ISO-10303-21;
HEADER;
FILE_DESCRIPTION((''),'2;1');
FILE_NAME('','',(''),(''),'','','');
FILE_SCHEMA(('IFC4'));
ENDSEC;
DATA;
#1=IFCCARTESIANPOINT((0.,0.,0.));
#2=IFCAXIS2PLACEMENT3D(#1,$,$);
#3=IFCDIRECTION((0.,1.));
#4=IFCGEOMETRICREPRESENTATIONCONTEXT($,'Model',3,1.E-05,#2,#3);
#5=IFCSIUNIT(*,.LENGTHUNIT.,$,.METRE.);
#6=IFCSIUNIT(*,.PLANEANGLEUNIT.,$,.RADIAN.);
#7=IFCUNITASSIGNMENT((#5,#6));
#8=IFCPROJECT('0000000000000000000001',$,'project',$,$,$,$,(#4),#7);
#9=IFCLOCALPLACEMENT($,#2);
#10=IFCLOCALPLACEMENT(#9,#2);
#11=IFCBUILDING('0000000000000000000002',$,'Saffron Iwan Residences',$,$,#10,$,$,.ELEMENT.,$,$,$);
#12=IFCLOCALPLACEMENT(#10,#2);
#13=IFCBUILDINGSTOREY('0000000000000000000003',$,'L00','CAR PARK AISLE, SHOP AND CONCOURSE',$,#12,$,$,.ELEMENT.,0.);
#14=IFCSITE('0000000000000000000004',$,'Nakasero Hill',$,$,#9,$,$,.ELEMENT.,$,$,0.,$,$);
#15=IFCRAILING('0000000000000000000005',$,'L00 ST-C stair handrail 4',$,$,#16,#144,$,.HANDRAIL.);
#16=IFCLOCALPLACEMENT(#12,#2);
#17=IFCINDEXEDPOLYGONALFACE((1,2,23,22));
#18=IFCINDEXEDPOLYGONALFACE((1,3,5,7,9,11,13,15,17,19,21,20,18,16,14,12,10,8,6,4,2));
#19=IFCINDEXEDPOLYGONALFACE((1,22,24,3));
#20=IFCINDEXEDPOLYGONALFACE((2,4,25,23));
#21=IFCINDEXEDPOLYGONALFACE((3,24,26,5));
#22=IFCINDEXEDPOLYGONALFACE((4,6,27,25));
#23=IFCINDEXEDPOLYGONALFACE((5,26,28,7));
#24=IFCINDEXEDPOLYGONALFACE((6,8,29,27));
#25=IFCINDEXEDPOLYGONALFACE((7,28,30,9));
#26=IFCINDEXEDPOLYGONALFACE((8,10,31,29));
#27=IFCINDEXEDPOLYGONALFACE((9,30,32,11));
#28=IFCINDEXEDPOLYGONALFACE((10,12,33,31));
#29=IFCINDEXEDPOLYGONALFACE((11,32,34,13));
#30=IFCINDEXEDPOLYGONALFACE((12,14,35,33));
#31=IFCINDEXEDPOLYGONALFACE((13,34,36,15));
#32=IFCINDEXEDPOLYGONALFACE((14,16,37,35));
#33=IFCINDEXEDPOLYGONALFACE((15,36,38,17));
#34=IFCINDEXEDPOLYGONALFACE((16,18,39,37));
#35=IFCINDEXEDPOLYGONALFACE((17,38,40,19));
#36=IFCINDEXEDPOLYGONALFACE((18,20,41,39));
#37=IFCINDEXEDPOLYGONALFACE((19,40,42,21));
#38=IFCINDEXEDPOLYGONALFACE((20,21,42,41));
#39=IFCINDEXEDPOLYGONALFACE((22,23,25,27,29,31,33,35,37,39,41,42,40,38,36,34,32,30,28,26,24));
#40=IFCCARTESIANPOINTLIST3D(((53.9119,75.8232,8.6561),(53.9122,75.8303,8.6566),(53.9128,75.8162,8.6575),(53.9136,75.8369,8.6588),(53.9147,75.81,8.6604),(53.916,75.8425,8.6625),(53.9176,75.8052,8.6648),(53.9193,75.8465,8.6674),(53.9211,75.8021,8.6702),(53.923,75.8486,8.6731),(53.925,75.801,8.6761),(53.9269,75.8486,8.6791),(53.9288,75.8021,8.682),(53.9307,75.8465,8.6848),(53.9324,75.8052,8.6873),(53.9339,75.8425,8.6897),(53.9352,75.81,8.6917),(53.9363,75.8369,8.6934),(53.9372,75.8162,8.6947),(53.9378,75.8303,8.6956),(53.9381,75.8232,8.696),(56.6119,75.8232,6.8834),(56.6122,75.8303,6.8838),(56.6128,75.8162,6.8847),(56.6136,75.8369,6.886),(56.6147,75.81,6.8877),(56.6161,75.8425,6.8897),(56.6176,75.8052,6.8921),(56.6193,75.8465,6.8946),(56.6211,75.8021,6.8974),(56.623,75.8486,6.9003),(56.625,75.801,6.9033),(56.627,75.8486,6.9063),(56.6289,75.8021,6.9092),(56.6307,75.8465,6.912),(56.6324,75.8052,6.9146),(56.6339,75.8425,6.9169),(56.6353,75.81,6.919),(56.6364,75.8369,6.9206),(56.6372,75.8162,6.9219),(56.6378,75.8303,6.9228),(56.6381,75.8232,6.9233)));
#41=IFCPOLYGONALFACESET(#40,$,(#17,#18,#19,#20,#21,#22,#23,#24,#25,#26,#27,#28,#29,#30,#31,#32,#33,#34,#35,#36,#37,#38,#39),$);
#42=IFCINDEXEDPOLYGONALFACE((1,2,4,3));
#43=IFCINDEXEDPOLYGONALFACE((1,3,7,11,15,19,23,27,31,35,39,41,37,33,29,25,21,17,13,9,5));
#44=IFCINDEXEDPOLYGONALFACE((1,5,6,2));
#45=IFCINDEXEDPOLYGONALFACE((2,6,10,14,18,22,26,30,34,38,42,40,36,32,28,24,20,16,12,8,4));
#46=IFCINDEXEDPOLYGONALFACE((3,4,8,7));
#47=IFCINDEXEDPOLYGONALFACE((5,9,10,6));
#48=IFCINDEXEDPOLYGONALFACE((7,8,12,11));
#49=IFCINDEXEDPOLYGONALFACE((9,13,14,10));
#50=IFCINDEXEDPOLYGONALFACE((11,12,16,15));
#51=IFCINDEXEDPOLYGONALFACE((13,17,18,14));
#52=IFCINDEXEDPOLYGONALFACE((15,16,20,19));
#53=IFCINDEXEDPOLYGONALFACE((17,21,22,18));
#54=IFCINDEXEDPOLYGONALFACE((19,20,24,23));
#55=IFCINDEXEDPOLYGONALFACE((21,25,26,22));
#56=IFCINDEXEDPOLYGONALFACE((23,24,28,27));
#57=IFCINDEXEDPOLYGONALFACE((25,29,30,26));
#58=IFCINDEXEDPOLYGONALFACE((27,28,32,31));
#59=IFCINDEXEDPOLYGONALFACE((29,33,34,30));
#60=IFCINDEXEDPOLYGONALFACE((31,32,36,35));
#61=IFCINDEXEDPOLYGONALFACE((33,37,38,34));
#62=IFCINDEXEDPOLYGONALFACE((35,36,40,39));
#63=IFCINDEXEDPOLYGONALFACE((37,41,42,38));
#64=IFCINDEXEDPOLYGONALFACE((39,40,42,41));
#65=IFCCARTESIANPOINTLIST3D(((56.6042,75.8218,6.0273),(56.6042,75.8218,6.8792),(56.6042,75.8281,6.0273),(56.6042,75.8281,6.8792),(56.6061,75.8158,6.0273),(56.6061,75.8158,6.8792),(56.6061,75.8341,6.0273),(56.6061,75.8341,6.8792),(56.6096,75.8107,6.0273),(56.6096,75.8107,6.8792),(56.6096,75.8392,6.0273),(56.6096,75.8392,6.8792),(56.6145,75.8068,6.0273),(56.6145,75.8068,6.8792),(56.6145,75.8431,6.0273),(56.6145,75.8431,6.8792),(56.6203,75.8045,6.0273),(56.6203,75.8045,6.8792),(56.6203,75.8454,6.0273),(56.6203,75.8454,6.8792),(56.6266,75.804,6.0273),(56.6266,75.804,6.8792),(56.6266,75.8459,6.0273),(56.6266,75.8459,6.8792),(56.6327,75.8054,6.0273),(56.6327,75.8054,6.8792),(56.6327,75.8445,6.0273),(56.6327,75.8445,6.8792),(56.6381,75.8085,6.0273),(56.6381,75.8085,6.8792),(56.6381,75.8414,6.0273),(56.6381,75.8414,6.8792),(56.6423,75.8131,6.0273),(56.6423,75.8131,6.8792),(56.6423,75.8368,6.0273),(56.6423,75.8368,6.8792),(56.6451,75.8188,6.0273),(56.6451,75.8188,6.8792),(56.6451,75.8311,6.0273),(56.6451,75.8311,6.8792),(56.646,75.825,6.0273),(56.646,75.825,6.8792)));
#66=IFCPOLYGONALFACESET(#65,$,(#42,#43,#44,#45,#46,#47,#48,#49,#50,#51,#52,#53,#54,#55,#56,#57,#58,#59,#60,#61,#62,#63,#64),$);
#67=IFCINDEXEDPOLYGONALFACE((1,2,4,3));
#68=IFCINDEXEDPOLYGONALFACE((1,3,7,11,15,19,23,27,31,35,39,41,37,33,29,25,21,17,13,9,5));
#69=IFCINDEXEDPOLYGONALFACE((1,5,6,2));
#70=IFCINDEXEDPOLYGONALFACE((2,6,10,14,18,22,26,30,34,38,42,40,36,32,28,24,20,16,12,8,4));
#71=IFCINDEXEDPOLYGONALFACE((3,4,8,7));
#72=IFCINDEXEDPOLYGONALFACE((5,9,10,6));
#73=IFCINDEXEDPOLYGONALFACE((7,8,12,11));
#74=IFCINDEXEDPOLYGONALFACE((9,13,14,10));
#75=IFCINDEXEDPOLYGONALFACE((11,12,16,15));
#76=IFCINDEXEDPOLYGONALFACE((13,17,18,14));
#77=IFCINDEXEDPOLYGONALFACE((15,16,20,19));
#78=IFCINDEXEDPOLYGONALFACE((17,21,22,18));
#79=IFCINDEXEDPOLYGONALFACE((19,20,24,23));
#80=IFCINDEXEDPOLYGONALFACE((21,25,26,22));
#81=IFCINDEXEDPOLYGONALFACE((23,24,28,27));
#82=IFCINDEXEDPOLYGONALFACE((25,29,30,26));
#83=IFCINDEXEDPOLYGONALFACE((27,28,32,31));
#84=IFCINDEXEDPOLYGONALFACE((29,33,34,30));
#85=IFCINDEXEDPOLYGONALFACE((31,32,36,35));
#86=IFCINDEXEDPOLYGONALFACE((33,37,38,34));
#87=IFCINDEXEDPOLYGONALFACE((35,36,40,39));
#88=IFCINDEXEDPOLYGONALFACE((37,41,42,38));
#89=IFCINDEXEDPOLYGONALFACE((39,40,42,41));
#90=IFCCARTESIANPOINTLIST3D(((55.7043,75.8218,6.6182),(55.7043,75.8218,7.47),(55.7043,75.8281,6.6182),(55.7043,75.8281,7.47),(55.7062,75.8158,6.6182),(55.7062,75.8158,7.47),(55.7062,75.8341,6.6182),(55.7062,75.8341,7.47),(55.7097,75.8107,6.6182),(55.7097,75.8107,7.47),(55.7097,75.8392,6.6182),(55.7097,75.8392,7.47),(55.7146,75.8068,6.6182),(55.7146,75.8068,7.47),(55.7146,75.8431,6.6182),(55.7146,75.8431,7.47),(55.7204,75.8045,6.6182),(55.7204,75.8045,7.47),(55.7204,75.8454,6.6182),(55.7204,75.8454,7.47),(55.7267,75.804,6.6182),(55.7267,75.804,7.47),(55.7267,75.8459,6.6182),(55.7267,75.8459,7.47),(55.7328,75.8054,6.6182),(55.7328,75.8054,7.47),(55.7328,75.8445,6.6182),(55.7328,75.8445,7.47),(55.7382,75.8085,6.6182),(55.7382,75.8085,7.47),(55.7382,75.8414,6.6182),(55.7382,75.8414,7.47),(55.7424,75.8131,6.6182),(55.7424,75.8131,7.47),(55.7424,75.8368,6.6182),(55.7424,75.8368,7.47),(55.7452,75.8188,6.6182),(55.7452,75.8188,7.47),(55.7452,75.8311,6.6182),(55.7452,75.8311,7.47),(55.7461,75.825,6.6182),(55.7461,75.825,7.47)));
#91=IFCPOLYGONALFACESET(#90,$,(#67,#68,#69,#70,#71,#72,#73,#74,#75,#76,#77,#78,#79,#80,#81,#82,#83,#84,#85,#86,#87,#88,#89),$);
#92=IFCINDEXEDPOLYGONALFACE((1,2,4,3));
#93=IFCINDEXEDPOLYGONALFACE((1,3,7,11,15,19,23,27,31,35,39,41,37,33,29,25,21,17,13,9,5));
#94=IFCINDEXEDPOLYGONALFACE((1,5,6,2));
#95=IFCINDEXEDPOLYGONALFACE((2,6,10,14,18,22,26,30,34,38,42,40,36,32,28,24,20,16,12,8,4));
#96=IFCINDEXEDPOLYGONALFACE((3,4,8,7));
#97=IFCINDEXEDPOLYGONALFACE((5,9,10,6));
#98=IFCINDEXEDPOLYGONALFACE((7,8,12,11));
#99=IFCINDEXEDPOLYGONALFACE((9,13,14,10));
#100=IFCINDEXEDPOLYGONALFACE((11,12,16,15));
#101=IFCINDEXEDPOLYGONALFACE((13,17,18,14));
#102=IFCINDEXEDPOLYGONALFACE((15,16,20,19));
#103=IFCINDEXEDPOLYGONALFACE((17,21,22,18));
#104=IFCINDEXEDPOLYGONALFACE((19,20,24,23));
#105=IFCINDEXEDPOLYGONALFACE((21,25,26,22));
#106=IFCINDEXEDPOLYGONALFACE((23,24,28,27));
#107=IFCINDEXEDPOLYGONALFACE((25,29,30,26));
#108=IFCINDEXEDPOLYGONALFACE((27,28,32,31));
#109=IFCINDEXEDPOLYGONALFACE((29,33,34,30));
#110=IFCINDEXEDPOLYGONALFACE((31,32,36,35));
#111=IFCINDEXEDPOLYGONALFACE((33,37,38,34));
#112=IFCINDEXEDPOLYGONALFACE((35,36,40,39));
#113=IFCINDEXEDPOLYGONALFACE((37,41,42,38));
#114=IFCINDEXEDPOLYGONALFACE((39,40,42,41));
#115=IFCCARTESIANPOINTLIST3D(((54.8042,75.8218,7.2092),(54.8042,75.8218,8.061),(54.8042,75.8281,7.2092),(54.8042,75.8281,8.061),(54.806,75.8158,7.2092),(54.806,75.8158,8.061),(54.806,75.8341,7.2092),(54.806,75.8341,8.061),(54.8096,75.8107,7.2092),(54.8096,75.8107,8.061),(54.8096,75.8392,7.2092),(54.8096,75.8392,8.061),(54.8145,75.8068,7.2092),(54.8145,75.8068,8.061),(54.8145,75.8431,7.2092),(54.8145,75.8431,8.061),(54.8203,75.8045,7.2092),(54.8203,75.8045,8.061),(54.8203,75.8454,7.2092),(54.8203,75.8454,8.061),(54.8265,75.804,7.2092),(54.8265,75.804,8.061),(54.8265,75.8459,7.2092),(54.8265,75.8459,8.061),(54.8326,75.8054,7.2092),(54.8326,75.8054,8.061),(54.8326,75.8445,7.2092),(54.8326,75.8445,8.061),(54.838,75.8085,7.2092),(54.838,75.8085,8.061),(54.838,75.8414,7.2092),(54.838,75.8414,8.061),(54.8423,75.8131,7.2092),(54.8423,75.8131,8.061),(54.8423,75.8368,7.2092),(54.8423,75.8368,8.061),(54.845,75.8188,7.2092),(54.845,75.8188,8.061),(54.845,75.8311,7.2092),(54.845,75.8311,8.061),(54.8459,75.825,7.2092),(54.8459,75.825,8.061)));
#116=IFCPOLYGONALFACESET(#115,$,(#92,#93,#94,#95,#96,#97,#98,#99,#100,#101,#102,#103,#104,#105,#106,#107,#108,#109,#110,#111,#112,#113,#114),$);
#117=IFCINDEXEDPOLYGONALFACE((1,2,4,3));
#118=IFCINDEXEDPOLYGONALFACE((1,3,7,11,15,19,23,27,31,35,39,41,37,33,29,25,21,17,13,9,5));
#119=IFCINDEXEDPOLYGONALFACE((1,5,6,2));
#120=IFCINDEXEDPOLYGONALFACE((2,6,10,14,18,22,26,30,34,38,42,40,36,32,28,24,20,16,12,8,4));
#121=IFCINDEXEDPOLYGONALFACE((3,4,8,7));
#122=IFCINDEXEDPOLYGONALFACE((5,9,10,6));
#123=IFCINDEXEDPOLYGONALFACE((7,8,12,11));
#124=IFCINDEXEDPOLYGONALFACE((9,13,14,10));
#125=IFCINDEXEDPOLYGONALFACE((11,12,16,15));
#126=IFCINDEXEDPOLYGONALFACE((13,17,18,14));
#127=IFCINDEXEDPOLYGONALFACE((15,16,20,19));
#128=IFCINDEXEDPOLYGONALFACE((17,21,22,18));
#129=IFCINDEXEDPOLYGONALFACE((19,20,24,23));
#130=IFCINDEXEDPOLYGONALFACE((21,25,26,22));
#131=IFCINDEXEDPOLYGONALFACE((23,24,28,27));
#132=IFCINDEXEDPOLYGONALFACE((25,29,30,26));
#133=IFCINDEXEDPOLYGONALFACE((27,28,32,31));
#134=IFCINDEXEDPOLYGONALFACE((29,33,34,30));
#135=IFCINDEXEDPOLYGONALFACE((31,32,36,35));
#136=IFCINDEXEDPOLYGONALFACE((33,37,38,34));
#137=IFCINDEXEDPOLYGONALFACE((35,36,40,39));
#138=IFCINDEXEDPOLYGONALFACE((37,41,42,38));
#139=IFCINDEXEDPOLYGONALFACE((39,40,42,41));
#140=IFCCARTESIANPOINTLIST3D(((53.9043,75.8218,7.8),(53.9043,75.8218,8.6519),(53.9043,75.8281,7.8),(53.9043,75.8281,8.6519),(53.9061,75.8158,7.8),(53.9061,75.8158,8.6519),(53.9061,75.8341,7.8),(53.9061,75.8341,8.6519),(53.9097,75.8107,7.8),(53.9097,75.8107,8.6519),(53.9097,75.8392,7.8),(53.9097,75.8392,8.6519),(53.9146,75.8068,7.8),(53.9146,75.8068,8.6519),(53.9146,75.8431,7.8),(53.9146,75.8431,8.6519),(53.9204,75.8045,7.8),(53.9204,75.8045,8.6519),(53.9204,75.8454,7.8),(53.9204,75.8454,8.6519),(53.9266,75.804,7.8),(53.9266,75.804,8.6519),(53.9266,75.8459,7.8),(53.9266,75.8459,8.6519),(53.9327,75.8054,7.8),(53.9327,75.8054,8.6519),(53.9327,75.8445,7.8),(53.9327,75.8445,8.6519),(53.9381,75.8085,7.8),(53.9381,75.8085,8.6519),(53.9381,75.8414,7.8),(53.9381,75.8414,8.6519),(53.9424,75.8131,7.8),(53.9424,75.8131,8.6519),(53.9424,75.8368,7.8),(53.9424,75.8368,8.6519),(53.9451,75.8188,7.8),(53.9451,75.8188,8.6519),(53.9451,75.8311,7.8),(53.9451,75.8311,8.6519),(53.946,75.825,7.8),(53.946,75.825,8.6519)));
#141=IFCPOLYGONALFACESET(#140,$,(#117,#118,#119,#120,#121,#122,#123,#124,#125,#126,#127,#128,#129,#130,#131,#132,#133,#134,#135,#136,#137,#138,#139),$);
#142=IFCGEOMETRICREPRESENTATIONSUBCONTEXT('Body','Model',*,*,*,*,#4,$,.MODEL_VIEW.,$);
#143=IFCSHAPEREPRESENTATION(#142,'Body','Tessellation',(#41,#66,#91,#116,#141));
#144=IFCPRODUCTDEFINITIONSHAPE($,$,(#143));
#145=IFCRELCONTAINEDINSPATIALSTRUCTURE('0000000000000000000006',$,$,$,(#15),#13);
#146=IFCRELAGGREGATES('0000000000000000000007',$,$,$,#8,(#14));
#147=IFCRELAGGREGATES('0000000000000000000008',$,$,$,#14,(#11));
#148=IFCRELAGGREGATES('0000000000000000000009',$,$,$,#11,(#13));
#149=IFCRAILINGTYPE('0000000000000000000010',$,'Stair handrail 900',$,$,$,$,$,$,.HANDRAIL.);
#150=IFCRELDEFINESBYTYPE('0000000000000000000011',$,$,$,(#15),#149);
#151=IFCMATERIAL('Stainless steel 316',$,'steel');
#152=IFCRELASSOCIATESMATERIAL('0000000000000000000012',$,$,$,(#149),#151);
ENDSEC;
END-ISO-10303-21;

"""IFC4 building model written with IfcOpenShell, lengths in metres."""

from ifc_helpers import new_model, si_unit, direction, frame, origin, origin_2d, place, context, subcontext, project, spatial, circle, extrude, material, type_object, element, save


model = new_model("IFC4")

# Units and contexts
model_context = context("Model", 3, precision=1e-05, world=origin(), true_north=direction((0.0, 1.0)))
body_context = subcontext(model_context, "Body", "Model", "MODEL_VIEW")
ifc_project = project(units=[si_unit("LENGTHUNIT", "METRE"), si_unit("PLANEANGLEUNIT", "RADIAN")], contexts=[model_context])

# Site, building, storey
site_placement = place(None, origin())
site = spatial("IfcSite", under=ifc_project, at=site_placement, Name="Nakasero Hill", CompositionType="ELEMENT", RefElevation=0.0)
building_placement = place(site_placement, origin())
building = spatial("IfcBuilding", under=site, at=building_placement, Name="Saffron Iwan Residences", CompositionType="ELEMENT")
storey_placement = place(building_placement, origin())
storey = spatial("IfcBuildingStorey", under=building, at=storey_placement, Name="L00", Description="CAR PARK AISLE, SHOP AND CONCOURSE", CompositionType="ELEMENT", Elevation=0.0)

# Railing
ifc_material_1 = material(Name="Stainless steel 316", Category="steel")
railing_type_1 = type_object("IfcRailingType", Name="Stair handrail 900", PredefinedType="HANDRAIL", material=ifc_material_1)
railing_1_placement = place(storey_placement, frame((56.625, 75.825, 6.0273)))
element("IfcRailing", 1, at=railing_1_placement, inside=storey, type_object=railing_type_1, Name="L00 ST-C stair handrail 4", PredefinedType="HANDRAIL", context=body_context, shape_type="SweptSolid", body=[
    extrude(circle(Radius=0.0239, at=origin_2d()), frame((0.0, 0.0, 0.876), z_axis=(-0.835925, 0.0, 0.548843), x_axis=(0.0, -1.0, 0.0)), (0.0, 0.0, 1.0), 3.23),
    extrude(circle(Radius=0.021, at=origin_2d()), origin(), (0.0, 0.0, 1.0), 0.8518),
    extrude(circle(Radius=0.021, at=origin_2d()), frame((-0.8999, 0.0, 0.5908)), (0.0, 0.0, 1.0), 0.8518),
    extrude(circle(Radius=0.021, at=origin_2d()), frame((-1.8, 0.0, 1.1819)), (0.0, 0.0, 1.0), 0.8518),
    extrude(circle(Radius=0.021, at=origin_2d()), frame((-2.7, 0.0, 1.7727)), (0.0, 0.0, 1.0), 0.8518),
])

save(model, "model.ifc")
